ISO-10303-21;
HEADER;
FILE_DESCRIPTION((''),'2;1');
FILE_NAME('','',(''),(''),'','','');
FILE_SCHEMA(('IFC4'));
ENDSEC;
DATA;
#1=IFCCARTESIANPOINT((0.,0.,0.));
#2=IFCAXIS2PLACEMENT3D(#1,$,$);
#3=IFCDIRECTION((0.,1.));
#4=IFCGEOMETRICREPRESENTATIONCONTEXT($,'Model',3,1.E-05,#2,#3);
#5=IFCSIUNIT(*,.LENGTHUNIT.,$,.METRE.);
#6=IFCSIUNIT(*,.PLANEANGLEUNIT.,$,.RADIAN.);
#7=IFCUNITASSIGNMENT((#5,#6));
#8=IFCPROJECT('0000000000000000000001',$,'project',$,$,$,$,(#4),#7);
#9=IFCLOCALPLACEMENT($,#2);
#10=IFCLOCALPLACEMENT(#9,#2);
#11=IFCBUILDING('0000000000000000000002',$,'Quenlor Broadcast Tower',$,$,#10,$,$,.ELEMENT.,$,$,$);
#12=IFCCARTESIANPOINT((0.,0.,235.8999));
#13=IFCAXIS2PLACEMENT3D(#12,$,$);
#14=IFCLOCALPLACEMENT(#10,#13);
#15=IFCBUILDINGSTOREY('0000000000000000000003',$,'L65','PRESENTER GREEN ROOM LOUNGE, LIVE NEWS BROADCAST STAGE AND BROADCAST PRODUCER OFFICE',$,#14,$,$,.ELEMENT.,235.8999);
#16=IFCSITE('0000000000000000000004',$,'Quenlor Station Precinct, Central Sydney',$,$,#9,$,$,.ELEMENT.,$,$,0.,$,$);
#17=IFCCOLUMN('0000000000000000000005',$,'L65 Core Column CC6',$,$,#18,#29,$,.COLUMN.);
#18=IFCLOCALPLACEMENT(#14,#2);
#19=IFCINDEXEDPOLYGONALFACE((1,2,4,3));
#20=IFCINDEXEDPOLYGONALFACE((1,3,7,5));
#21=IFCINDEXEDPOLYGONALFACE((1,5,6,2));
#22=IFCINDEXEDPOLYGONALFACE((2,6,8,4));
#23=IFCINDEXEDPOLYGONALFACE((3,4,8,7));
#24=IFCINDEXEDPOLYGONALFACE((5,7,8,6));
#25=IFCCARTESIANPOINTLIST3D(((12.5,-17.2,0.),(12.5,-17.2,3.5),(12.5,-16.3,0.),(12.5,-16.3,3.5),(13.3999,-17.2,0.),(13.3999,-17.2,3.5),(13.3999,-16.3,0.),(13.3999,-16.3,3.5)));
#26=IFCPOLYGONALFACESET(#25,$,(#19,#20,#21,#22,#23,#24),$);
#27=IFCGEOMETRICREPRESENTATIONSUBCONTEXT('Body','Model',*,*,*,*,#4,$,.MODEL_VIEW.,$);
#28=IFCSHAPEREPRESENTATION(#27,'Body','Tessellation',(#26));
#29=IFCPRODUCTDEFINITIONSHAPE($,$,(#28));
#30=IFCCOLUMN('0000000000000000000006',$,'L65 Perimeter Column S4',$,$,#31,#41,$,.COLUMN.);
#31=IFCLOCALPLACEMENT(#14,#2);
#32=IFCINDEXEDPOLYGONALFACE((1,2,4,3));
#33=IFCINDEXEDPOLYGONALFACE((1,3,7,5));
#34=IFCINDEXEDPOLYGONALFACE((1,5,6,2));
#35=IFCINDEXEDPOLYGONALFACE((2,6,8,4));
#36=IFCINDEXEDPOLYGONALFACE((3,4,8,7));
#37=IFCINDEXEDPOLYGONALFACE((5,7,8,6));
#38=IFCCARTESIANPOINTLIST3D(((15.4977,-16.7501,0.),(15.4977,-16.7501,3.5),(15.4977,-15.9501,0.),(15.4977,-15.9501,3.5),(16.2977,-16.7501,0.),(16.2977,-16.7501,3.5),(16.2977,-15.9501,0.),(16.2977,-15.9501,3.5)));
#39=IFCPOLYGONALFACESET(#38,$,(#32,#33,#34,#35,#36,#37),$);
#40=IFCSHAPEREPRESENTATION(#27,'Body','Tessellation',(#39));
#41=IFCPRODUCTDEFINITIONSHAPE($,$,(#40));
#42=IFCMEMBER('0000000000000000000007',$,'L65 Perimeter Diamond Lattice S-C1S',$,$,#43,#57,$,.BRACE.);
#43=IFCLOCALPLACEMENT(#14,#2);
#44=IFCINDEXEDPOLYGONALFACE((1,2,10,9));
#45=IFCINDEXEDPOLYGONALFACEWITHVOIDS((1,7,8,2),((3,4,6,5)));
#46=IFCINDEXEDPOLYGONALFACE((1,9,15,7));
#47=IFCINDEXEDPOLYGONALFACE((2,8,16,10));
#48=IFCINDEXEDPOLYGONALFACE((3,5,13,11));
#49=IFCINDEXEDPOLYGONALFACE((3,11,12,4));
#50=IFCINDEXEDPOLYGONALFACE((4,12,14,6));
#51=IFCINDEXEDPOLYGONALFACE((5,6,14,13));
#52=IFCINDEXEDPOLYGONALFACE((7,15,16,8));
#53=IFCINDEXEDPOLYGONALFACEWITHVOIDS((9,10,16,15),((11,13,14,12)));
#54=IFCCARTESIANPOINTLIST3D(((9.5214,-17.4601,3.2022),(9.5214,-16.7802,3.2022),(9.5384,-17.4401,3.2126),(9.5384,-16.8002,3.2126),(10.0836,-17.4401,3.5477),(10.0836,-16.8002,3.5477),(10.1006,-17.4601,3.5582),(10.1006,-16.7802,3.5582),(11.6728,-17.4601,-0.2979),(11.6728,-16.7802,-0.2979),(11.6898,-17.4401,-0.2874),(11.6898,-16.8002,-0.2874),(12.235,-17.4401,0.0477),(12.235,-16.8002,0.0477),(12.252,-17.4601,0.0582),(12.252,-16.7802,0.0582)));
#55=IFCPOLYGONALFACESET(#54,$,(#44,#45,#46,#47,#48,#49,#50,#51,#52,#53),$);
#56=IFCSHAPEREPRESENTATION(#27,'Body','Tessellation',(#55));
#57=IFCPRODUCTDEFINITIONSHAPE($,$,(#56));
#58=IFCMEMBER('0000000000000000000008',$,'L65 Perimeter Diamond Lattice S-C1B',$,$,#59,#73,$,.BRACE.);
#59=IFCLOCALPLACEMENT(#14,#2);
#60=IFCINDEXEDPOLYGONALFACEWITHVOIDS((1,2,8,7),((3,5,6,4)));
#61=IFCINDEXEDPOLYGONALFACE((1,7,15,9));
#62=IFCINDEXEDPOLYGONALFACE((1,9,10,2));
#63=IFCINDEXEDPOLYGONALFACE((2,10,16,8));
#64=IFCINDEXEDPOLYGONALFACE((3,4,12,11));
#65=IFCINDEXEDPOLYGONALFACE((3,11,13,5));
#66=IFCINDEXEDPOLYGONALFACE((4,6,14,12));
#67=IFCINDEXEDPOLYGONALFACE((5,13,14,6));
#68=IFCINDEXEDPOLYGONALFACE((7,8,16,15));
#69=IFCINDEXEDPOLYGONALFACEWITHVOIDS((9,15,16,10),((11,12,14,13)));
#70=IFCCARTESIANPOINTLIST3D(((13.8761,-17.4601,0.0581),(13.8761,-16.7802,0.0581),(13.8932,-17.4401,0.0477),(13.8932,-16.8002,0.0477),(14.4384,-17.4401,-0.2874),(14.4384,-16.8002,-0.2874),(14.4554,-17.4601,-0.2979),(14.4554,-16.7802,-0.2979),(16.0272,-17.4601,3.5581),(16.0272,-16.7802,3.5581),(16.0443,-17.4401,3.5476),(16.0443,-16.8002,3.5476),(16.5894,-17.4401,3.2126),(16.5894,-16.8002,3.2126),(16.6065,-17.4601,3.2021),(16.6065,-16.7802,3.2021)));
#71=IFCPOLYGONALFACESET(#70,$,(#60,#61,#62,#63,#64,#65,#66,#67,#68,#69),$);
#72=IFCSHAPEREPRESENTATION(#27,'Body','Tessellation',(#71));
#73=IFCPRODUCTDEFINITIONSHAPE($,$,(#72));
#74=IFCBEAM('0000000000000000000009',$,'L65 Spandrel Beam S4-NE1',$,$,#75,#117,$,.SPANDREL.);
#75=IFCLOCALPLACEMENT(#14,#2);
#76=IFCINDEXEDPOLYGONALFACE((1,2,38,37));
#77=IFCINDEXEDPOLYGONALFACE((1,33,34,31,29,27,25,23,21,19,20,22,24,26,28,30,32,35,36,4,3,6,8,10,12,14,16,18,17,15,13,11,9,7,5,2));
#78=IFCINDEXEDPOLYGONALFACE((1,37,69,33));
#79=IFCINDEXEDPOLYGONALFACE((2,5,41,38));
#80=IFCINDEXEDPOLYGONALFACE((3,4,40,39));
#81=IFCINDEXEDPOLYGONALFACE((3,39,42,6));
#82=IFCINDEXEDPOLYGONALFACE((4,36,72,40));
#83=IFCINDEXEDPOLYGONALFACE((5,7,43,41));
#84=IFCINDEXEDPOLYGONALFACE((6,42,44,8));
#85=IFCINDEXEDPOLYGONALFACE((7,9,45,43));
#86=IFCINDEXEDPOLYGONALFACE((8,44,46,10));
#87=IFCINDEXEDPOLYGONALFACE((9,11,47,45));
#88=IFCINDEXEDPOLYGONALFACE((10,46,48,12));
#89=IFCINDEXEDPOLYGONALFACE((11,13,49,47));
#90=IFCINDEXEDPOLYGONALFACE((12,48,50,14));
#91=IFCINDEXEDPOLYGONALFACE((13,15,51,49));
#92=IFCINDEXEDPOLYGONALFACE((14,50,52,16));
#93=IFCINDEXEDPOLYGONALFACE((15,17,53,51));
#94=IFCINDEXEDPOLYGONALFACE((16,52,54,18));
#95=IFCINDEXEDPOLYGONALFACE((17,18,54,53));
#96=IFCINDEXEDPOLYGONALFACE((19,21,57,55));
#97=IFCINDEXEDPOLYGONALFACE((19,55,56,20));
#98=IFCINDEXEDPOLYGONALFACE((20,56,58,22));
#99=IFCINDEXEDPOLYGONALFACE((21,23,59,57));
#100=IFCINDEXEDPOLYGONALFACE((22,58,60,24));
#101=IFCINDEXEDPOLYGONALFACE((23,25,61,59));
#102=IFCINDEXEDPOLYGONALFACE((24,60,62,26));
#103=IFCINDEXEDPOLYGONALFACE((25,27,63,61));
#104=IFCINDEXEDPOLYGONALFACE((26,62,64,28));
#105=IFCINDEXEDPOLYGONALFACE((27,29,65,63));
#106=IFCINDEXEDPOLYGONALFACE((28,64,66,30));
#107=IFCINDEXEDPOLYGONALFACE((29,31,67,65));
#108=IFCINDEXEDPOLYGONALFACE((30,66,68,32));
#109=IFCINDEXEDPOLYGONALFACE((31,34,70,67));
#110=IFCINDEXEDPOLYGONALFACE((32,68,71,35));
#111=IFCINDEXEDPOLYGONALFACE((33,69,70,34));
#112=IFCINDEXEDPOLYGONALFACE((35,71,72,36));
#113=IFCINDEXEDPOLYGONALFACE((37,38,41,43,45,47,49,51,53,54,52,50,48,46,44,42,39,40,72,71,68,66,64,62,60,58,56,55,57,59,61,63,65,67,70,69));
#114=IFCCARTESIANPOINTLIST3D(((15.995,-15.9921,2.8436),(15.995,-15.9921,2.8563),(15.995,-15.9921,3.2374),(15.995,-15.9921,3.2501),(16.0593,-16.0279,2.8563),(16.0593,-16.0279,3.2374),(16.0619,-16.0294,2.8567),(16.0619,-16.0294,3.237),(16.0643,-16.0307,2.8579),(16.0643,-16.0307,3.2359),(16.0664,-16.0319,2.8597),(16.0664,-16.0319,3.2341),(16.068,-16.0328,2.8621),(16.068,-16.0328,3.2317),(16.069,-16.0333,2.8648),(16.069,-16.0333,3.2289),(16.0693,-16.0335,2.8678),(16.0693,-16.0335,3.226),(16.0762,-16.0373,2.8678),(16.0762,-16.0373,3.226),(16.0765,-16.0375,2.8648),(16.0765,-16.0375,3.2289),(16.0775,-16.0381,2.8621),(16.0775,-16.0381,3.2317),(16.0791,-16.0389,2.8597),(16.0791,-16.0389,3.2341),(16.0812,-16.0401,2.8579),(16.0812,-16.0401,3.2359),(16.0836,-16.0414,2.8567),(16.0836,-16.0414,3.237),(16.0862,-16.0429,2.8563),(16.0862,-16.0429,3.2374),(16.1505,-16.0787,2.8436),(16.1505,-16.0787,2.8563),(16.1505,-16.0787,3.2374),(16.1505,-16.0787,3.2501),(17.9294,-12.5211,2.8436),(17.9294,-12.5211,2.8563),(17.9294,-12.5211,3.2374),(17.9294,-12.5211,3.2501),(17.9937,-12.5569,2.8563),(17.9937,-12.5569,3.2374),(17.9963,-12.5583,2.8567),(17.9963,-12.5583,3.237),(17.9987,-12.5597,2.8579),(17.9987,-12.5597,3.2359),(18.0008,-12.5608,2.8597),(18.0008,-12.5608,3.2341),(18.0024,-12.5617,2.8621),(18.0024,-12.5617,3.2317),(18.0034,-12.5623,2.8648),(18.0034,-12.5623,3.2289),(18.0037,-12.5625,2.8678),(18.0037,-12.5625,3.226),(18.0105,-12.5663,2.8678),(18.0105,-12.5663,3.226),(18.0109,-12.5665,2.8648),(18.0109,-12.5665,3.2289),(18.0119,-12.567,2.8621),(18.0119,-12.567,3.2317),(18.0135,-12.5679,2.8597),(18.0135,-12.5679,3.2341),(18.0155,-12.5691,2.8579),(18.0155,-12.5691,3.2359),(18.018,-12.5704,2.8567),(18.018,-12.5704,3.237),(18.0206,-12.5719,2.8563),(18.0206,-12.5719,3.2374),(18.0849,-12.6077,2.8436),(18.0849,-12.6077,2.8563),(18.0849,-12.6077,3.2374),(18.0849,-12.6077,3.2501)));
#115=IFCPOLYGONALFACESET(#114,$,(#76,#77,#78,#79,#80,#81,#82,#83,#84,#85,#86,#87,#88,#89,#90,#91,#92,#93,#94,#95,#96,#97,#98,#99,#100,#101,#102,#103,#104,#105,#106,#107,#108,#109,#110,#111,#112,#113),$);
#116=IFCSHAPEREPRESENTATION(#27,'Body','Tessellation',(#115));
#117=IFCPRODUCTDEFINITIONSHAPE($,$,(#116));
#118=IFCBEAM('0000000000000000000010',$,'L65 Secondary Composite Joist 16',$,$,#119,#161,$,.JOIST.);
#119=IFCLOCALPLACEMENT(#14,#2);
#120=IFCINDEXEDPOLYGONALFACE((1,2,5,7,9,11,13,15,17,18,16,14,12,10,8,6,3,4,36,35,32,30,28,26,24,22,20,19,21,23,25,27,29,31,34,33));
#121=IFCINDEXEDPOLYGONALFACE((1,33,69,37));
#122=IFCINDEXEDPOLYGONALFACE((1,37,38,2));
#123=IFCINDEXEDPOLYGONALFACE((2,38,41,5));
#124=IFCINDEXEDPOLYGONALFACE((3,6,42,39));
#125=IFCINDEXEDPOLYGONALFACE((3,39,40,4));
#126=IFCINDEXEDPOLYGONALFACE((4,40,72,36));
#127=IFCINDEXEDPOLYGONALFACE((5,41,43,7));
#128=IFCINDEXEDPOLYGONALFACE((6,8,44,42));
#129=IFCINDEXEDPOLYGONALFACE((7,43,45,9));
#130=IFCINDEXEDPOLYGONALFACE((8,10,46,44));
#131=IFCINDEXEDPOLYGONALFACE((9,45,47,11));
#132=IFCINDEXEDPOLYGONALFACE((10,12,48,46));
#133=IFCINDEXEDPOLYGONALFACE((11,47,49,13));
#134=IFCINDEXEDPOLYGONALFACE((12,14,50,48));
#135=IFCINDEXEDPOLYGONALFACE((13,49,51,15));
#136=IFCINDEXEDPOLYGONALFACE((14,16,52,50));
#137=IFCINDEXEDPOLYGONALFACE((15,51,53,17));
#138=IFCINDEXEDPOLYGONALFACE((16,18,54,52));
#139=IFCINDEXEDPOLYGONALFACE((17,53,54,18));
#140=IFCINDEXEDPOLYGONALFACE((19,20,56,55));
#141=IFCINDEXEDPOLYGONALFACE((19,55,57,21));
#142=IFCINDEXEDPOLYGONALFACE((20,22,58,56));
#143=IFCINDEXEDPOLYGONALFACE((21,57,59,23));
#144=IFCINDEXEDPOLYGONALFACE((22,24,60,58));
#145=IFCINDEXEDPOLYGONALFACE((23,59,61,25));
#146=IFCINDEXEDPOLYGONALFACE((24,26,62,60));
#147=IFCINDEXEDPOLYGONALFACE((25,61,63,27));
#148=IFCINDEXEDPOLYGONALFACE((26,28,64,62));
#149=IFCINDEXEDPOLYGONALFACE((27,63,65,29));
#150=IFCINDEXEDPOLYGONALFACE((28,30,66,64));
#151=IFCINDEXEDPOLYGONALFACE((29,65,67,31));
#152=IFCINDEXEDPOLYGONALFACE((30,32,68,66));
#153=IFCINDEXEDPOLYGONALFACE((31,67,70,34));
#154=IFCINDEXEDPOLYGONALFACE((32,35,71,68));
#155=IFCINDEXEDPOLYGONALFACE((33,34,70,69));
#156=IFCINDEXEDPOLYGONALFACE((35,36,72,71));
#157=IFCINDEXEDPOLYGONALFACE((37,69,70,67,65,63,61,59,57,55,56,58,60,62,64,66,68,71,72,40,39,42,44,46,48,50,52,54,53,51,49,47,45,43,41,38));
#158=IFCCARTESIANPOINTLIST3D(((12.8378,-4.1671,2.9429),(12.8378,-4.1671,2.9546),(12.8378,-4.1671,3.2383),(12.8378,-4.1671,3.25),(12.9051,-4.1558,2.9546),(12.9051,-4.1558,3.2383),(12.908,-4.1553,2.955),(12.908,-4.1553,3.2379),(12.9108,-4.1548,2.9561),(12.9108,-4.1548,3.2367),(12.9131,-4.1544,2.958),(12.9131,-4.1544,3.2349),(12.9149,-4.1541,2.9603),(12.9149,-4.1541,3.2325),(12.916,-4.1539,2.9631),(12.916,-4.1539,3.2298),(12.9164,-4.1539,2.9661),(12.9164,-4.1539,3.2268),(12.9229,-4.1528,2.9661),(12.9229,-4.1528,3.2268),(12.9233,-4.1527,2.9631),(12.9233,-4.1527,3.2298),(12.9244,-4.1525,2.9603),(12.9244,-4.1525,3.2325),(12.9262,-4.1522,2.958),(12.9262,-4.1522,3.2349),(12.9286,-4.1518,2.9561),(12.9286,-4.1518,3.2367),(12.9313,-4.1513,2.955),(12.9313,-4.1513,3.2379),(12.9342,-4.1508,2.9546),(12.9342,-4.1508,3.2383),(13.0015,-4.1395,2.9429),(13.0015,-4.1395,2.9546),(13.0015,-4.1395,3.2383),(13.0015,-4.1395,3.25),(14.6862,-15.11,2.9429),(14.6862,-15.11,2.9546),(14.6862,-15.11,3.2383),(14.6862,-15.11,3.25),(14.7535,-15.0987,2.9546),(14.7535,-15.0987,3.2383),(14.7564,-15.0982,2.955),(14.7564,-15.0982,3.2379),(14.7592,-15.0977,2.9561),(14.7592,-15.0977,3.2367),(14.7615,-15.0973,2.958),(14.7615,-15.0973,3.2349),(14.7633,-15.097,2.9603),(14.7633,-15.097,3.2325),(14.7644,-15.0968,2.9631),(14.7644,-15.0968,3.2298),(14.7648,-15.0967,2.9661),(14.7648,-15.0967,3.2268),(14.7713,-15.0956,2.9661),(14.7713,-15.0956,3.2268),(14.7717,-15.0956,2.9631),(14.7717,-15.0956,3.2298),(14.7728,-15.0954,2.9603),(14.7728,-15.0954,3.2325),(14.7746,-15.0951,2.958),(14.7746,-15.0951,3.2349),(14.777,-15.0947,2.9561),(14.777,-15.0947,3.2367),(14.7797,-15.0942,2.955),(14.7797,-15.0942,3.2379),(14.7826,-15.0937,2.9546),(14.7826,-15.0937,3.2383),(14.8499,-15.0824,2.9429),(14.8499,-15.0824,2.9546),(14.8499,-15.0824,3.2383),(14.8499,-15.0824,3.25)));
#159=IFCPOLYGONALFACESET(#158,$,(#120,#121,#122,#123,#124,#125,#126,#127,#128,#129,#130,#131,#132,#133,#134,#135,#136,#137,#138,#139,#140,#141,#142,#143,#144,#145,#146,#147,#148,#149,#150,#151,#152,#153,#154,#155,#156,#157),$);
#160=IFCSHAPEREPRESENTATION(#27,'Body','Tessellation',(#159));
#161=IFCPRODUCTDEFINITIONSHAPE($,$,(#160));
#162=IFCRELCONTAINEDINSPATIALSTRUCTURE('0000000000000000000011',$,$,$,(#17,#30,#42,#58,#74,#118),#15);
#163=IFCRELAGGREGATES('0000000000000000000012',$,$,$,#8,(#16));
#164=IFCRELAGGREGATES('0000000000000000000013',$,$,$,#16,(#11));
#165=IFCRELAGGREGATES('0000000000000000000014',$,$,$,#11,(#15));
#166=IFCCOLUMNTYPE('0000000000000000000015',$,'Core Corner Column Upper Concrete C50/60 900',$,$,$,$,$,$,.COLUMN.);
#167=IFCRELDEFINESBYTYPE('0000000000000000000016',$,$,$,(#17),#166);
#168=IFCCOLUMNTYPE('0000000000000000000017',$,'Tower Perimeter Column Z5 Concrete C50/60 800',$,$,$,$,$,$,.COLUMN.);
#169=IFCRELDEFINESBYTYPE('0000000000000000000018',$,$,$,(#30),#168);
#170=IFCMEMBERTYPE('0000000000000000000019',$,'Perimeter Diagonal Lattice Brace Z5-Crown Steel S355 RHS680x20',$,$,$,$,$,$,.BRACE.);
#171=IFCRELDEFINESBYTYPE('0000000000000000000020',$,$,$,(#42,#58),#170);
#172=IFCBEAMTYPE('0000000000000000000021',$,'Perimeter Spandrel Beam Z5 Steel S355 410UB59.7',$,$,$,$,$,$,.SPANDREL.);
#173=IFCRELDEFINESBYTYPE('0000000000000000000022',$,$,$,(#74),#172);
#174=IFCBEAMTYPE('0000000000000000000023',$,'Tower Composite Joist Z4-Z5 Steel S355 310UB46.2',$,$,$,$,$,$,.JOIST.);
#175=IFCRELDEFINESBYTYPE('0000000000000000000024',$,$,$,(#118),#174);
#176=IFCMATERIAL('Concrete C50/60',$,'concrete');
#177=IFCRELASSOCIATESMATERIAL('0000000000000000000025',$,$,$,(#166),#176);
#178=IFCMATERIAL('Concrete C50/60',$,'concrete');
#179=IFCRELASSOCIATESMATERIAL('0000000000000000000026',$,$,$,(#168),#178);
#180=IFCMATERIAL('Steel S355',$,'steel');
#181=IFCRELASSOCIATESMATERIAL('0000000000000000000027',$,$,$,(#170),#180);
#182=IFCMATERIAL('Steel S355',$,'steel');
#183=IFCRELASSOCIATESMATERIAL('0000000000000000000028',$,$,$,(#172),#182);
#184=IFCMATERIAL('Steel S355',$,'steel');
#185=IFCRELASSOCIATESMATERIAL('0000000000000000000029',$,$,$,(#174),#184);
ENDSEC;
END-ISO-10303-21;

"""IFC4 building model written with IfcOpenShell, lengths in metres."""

from ifc_helpers import new_model, si_unit, direction, frame, origin, origin_2d, place, context, subcontext, project, spatial, rectangle, hollow_rectangle, i_section, extrude, material, material_profile, profile_set, type_object, element, save


model = new_model("IFC4")

# Units and contexts
model_context = context("Model", 3, precision=1e-05, world=origin(), true_north=direction((0.0, 1.0)))
body_context = subcontext(model_context, "Body", "Model", "MODEL_VIEW")
ifc_project = project(units=[si_unit("LENGTHUNIT", "METRE"), si_unit("PLANEANGLEUNIT", "RADIAN")], contexts=[model_context])

# Site, building, storey
site_placement = place(None, origin())
site = spatial("IfcSite", under=ifc_project, at=site_placement, Name="Quenlor Station Precinct, Central Sydney", CompositionType="ELEMENT", RefElevation=0.0)
building_placement = place(site_placement, origin())
building = spatial("IfcBuilding", under=site, at=building_placement, Name="Quenlor Broadcast Tower", CompositionType="ELEMENT")
storey_placement = place(building_placement, frame((0.0, 0.0, 235.8999)))
storey = spatial("IfcBuildingStorey", under=building, at=storey_placement, Name="L65", Description="PRESENTER GREEN ROOM LOUNGE, LIVE NEWS BROADCAST STAGE AND BROADCAST PRODUCER OFFICE", CompositionType="ELEMENT", Elevation=235.8999)

# Columns
ifc_material_1 = material(Name="Concrete C50/60", Category="concrete")
ifc_material_profile_1 = material_profile(ifc_material_1, rectangle(XDim=0.8999, YDim=0.8999, at=origin_2d()))
ifc_profile_set_1 = profile_set([ifc_material_profile_1], Name="Concrete C50/60 RC900x900")
column_type_1 = type_object("IfcColumnType", Name="Core Corner Column Upper Concrete C50/60 900", PredefinedType="COLUMN", material=ifc_profile_set_1)
column_1_placement = place(storey_placement, frame((12.95, -16.75, 0.0), z_axis=(0.0, 0.0, 1.0), x_axis=(1.0, 0.0, 0.0)))
element("IfcColumn", 1, at=column_1_placement, inside=storey, type_object=column_type_1, Name="L65 Core Column CC6", PredefinedType="COLUMN", context=body_context, shape_type="SweptSolid", body=[
    extrude(rectangle(XDim=0.8999, YDim=0.8999, at=origin_2d()), origin(), (0.0, 0.0, 1.0), 3.5),
])
ifc_material_2 = material(Name="Concrete C50/60", Category="concrete")
ifc_material_profile_2 = material_profile(ifc_material_2, rectangle(XDim=0.8, YDim=0.8, at=origin_2d()))
ifc_profile_set_2 = profile_set([ifc_material_profile_2], Name="Concrete C50/60 RC800x800")
column_type_2 = type_object("IfcColumnType", Name="Tower Perimeter Column Z5 Concrete C50/60 800", PredefinedType="COLUMN", material=ifc_profile_set_2)
column_2_placement = place(storey_placement, frame((15.8977, -16.3501, 0.0), z_axis=(0.0, 0.0, 1.0), x_axis=(0.0, 1.0, 0.0)))
element("IfcColumn", 2, at=column_2_placement, inside=storey, type_object=column_type_2, Name="L65 Perimeter Column S4", PredefinedType="COLUMN", context=body_context, shape_type="SweptSolid", body=[
    extrude(rectangle(XDim=0.8, YDim=0.8, at=origin_2d()), origin(), (0.0, 0.0, 1.0), 3.5),
])

# Members
ifc_material_3 = material(Name="Steel S355", Category="steel")
ifc_material_profile_3 = material_profile(ifc_material_3, hollow_rectangle(XDim=0.6799, YDim=0.6799, WallThickness=0.02, at=origin_2d()))
ifc_profile_set_3 = profile_set([ifc_material_profile_3], Name="Steel S355 RHS680x680x20")
member_type = type_object("IfcMemberType", Name="Perimeter Diagonal Lattice Brace Z5-Crown Steel S355 RHS680x20", PredefinedType="BRACE", material=ifc_profile_set_3)
member_1_placement = place(storey_placement, frame((11.9624, -17.1201, -0.1199), z_axis=(-0.52366, 0.0, 0.851928), x_axis=(0.0, -1.0, 0.0)))
element("IfcMember", 3, at=member_1_placement, inside=storey, type_object=member_type, Name="L65 Perimeter Diamond Lattice S-C1S", PredefinedType="BRACE", context=body_context, shape_type="SweptSolid", body=[
    extrude(hollow_rectangle(XDim=0.6799, YDim=0.6799, WallThickness=0.02, at=origin_2d()), origin(), (0.0, 0.0, 1.0), 4.1084),
])
member_2_placement = place(storey_placement, frame((14.1658, -17.1201, -0.1199), z_axis=(0.523617, 0.0, 0.851954), x_axis=(0.0, 1.0, 0.0)))
element("IfcMember", 4, at=member_2_placement, inside=storey, type_object=member_type, Name="L65 Perimeter Diamond Lattice S-C1B", PredefinedType="BRACE", context=body_context, shape_type="SweptSolid", body=[
    extrude(hollow_rectangle(XDim=0.6799, YDim=0.6799, WallThickness=0.02, at=origin_2d()), origin(), (0.0, 0.0, 1.0), 4.1082),
])

# Beams
ifc_material_4 = material(Name="Steel S355", Category="steel")
ifc_material_profile_4 = material_profile(ifc_material_4, i_section(OverallWidth=0.178, OverallDepth=0.4065, WebThickness=0.0078, FlangeThickness=0.0127, FilletRadius=0.0115, at=origin_2d()))
ifc_profile_set_4 = profile_set([ifc_material_profile_4], Name="Steel S355 410UB59.7")
beam_type_1 = type_object("IfcBeamType", Name="Perimeter Spandrel Beam Z5 Steel S355 410UB59.7", PredefinedType="SPANDREL", material=ifc_profile_set_4)
beam_1_placement = place(storey_placement, frame((16.0728, -16.0354, 3.0469), z_axis=(0.486801, 0.873513, 0.0), x_axis=(-0.873513, 0.486801, 0.0)))
element("IfcBeam", 5, at=beam_1_placement, inside=storey, type_object=beam_type_1, Name="L65 Spandrel Beam S4-NE1", PredefinedType="SPANDREL", context=body_context, shape_type="SweptSolid", body=[
    extrude(i_section(OverallWidth=0.178, OverallDepth=0.4065, WebThickness=0.0078, FlangeThickness=0.0127, FilletRadius=0.0115, at=origin_2d()), origin(), (0.0, 0.0, 1.0), 3.9736),
])
ifc_material_5 = material(Name="Steel S355", Category="steel")
ifc_material_profile_5 = material_profile(ifc_material_5, i_section(OverallWidth=0.166, OverallDepth=0.3071, WebThickness=0.0066, FlangeThickness=0.0117, FilletRadius=0.0115, at=origin_2d()))
ifc_profile_set_5 = profile_set([ifc_material_profile_5], Name="Steel S355 310UB46.2")
beam_type_2 = type_object("IfcBeamType", Name="Tower Composite Joist Z4-Z5 Steel S355 310UB46.2", PredefinedType="JOIST", material=ifc_profile_set_5)
beam_2_placement = place(storey_placement, frame((14.7681, -15.0962, 3.0964), z_axis=(-0.166553, 0.986032, 0.0), x_axis=(-0.986032, -0.166553, 0.0)))
element("IfcBeam", 6, at=beam_2_placement, inside=storey, type_object=beam_type_2, Name="L65 Secondary Composite Joist 16", PredefinedType="JOIST", context=body_context, shape_type="SweptSolid", body=[
    extrude(i_section(OverallWidth=0.166, OverallDepth=0.3071, WebThickness=0.0066, FlangeThickness=0.0117, FilletRadius=0.0115, at=origin_2d()), origin(), (0.0, 0.0, 1.0), 11.0979),
])

save(model, "model.ifc")
